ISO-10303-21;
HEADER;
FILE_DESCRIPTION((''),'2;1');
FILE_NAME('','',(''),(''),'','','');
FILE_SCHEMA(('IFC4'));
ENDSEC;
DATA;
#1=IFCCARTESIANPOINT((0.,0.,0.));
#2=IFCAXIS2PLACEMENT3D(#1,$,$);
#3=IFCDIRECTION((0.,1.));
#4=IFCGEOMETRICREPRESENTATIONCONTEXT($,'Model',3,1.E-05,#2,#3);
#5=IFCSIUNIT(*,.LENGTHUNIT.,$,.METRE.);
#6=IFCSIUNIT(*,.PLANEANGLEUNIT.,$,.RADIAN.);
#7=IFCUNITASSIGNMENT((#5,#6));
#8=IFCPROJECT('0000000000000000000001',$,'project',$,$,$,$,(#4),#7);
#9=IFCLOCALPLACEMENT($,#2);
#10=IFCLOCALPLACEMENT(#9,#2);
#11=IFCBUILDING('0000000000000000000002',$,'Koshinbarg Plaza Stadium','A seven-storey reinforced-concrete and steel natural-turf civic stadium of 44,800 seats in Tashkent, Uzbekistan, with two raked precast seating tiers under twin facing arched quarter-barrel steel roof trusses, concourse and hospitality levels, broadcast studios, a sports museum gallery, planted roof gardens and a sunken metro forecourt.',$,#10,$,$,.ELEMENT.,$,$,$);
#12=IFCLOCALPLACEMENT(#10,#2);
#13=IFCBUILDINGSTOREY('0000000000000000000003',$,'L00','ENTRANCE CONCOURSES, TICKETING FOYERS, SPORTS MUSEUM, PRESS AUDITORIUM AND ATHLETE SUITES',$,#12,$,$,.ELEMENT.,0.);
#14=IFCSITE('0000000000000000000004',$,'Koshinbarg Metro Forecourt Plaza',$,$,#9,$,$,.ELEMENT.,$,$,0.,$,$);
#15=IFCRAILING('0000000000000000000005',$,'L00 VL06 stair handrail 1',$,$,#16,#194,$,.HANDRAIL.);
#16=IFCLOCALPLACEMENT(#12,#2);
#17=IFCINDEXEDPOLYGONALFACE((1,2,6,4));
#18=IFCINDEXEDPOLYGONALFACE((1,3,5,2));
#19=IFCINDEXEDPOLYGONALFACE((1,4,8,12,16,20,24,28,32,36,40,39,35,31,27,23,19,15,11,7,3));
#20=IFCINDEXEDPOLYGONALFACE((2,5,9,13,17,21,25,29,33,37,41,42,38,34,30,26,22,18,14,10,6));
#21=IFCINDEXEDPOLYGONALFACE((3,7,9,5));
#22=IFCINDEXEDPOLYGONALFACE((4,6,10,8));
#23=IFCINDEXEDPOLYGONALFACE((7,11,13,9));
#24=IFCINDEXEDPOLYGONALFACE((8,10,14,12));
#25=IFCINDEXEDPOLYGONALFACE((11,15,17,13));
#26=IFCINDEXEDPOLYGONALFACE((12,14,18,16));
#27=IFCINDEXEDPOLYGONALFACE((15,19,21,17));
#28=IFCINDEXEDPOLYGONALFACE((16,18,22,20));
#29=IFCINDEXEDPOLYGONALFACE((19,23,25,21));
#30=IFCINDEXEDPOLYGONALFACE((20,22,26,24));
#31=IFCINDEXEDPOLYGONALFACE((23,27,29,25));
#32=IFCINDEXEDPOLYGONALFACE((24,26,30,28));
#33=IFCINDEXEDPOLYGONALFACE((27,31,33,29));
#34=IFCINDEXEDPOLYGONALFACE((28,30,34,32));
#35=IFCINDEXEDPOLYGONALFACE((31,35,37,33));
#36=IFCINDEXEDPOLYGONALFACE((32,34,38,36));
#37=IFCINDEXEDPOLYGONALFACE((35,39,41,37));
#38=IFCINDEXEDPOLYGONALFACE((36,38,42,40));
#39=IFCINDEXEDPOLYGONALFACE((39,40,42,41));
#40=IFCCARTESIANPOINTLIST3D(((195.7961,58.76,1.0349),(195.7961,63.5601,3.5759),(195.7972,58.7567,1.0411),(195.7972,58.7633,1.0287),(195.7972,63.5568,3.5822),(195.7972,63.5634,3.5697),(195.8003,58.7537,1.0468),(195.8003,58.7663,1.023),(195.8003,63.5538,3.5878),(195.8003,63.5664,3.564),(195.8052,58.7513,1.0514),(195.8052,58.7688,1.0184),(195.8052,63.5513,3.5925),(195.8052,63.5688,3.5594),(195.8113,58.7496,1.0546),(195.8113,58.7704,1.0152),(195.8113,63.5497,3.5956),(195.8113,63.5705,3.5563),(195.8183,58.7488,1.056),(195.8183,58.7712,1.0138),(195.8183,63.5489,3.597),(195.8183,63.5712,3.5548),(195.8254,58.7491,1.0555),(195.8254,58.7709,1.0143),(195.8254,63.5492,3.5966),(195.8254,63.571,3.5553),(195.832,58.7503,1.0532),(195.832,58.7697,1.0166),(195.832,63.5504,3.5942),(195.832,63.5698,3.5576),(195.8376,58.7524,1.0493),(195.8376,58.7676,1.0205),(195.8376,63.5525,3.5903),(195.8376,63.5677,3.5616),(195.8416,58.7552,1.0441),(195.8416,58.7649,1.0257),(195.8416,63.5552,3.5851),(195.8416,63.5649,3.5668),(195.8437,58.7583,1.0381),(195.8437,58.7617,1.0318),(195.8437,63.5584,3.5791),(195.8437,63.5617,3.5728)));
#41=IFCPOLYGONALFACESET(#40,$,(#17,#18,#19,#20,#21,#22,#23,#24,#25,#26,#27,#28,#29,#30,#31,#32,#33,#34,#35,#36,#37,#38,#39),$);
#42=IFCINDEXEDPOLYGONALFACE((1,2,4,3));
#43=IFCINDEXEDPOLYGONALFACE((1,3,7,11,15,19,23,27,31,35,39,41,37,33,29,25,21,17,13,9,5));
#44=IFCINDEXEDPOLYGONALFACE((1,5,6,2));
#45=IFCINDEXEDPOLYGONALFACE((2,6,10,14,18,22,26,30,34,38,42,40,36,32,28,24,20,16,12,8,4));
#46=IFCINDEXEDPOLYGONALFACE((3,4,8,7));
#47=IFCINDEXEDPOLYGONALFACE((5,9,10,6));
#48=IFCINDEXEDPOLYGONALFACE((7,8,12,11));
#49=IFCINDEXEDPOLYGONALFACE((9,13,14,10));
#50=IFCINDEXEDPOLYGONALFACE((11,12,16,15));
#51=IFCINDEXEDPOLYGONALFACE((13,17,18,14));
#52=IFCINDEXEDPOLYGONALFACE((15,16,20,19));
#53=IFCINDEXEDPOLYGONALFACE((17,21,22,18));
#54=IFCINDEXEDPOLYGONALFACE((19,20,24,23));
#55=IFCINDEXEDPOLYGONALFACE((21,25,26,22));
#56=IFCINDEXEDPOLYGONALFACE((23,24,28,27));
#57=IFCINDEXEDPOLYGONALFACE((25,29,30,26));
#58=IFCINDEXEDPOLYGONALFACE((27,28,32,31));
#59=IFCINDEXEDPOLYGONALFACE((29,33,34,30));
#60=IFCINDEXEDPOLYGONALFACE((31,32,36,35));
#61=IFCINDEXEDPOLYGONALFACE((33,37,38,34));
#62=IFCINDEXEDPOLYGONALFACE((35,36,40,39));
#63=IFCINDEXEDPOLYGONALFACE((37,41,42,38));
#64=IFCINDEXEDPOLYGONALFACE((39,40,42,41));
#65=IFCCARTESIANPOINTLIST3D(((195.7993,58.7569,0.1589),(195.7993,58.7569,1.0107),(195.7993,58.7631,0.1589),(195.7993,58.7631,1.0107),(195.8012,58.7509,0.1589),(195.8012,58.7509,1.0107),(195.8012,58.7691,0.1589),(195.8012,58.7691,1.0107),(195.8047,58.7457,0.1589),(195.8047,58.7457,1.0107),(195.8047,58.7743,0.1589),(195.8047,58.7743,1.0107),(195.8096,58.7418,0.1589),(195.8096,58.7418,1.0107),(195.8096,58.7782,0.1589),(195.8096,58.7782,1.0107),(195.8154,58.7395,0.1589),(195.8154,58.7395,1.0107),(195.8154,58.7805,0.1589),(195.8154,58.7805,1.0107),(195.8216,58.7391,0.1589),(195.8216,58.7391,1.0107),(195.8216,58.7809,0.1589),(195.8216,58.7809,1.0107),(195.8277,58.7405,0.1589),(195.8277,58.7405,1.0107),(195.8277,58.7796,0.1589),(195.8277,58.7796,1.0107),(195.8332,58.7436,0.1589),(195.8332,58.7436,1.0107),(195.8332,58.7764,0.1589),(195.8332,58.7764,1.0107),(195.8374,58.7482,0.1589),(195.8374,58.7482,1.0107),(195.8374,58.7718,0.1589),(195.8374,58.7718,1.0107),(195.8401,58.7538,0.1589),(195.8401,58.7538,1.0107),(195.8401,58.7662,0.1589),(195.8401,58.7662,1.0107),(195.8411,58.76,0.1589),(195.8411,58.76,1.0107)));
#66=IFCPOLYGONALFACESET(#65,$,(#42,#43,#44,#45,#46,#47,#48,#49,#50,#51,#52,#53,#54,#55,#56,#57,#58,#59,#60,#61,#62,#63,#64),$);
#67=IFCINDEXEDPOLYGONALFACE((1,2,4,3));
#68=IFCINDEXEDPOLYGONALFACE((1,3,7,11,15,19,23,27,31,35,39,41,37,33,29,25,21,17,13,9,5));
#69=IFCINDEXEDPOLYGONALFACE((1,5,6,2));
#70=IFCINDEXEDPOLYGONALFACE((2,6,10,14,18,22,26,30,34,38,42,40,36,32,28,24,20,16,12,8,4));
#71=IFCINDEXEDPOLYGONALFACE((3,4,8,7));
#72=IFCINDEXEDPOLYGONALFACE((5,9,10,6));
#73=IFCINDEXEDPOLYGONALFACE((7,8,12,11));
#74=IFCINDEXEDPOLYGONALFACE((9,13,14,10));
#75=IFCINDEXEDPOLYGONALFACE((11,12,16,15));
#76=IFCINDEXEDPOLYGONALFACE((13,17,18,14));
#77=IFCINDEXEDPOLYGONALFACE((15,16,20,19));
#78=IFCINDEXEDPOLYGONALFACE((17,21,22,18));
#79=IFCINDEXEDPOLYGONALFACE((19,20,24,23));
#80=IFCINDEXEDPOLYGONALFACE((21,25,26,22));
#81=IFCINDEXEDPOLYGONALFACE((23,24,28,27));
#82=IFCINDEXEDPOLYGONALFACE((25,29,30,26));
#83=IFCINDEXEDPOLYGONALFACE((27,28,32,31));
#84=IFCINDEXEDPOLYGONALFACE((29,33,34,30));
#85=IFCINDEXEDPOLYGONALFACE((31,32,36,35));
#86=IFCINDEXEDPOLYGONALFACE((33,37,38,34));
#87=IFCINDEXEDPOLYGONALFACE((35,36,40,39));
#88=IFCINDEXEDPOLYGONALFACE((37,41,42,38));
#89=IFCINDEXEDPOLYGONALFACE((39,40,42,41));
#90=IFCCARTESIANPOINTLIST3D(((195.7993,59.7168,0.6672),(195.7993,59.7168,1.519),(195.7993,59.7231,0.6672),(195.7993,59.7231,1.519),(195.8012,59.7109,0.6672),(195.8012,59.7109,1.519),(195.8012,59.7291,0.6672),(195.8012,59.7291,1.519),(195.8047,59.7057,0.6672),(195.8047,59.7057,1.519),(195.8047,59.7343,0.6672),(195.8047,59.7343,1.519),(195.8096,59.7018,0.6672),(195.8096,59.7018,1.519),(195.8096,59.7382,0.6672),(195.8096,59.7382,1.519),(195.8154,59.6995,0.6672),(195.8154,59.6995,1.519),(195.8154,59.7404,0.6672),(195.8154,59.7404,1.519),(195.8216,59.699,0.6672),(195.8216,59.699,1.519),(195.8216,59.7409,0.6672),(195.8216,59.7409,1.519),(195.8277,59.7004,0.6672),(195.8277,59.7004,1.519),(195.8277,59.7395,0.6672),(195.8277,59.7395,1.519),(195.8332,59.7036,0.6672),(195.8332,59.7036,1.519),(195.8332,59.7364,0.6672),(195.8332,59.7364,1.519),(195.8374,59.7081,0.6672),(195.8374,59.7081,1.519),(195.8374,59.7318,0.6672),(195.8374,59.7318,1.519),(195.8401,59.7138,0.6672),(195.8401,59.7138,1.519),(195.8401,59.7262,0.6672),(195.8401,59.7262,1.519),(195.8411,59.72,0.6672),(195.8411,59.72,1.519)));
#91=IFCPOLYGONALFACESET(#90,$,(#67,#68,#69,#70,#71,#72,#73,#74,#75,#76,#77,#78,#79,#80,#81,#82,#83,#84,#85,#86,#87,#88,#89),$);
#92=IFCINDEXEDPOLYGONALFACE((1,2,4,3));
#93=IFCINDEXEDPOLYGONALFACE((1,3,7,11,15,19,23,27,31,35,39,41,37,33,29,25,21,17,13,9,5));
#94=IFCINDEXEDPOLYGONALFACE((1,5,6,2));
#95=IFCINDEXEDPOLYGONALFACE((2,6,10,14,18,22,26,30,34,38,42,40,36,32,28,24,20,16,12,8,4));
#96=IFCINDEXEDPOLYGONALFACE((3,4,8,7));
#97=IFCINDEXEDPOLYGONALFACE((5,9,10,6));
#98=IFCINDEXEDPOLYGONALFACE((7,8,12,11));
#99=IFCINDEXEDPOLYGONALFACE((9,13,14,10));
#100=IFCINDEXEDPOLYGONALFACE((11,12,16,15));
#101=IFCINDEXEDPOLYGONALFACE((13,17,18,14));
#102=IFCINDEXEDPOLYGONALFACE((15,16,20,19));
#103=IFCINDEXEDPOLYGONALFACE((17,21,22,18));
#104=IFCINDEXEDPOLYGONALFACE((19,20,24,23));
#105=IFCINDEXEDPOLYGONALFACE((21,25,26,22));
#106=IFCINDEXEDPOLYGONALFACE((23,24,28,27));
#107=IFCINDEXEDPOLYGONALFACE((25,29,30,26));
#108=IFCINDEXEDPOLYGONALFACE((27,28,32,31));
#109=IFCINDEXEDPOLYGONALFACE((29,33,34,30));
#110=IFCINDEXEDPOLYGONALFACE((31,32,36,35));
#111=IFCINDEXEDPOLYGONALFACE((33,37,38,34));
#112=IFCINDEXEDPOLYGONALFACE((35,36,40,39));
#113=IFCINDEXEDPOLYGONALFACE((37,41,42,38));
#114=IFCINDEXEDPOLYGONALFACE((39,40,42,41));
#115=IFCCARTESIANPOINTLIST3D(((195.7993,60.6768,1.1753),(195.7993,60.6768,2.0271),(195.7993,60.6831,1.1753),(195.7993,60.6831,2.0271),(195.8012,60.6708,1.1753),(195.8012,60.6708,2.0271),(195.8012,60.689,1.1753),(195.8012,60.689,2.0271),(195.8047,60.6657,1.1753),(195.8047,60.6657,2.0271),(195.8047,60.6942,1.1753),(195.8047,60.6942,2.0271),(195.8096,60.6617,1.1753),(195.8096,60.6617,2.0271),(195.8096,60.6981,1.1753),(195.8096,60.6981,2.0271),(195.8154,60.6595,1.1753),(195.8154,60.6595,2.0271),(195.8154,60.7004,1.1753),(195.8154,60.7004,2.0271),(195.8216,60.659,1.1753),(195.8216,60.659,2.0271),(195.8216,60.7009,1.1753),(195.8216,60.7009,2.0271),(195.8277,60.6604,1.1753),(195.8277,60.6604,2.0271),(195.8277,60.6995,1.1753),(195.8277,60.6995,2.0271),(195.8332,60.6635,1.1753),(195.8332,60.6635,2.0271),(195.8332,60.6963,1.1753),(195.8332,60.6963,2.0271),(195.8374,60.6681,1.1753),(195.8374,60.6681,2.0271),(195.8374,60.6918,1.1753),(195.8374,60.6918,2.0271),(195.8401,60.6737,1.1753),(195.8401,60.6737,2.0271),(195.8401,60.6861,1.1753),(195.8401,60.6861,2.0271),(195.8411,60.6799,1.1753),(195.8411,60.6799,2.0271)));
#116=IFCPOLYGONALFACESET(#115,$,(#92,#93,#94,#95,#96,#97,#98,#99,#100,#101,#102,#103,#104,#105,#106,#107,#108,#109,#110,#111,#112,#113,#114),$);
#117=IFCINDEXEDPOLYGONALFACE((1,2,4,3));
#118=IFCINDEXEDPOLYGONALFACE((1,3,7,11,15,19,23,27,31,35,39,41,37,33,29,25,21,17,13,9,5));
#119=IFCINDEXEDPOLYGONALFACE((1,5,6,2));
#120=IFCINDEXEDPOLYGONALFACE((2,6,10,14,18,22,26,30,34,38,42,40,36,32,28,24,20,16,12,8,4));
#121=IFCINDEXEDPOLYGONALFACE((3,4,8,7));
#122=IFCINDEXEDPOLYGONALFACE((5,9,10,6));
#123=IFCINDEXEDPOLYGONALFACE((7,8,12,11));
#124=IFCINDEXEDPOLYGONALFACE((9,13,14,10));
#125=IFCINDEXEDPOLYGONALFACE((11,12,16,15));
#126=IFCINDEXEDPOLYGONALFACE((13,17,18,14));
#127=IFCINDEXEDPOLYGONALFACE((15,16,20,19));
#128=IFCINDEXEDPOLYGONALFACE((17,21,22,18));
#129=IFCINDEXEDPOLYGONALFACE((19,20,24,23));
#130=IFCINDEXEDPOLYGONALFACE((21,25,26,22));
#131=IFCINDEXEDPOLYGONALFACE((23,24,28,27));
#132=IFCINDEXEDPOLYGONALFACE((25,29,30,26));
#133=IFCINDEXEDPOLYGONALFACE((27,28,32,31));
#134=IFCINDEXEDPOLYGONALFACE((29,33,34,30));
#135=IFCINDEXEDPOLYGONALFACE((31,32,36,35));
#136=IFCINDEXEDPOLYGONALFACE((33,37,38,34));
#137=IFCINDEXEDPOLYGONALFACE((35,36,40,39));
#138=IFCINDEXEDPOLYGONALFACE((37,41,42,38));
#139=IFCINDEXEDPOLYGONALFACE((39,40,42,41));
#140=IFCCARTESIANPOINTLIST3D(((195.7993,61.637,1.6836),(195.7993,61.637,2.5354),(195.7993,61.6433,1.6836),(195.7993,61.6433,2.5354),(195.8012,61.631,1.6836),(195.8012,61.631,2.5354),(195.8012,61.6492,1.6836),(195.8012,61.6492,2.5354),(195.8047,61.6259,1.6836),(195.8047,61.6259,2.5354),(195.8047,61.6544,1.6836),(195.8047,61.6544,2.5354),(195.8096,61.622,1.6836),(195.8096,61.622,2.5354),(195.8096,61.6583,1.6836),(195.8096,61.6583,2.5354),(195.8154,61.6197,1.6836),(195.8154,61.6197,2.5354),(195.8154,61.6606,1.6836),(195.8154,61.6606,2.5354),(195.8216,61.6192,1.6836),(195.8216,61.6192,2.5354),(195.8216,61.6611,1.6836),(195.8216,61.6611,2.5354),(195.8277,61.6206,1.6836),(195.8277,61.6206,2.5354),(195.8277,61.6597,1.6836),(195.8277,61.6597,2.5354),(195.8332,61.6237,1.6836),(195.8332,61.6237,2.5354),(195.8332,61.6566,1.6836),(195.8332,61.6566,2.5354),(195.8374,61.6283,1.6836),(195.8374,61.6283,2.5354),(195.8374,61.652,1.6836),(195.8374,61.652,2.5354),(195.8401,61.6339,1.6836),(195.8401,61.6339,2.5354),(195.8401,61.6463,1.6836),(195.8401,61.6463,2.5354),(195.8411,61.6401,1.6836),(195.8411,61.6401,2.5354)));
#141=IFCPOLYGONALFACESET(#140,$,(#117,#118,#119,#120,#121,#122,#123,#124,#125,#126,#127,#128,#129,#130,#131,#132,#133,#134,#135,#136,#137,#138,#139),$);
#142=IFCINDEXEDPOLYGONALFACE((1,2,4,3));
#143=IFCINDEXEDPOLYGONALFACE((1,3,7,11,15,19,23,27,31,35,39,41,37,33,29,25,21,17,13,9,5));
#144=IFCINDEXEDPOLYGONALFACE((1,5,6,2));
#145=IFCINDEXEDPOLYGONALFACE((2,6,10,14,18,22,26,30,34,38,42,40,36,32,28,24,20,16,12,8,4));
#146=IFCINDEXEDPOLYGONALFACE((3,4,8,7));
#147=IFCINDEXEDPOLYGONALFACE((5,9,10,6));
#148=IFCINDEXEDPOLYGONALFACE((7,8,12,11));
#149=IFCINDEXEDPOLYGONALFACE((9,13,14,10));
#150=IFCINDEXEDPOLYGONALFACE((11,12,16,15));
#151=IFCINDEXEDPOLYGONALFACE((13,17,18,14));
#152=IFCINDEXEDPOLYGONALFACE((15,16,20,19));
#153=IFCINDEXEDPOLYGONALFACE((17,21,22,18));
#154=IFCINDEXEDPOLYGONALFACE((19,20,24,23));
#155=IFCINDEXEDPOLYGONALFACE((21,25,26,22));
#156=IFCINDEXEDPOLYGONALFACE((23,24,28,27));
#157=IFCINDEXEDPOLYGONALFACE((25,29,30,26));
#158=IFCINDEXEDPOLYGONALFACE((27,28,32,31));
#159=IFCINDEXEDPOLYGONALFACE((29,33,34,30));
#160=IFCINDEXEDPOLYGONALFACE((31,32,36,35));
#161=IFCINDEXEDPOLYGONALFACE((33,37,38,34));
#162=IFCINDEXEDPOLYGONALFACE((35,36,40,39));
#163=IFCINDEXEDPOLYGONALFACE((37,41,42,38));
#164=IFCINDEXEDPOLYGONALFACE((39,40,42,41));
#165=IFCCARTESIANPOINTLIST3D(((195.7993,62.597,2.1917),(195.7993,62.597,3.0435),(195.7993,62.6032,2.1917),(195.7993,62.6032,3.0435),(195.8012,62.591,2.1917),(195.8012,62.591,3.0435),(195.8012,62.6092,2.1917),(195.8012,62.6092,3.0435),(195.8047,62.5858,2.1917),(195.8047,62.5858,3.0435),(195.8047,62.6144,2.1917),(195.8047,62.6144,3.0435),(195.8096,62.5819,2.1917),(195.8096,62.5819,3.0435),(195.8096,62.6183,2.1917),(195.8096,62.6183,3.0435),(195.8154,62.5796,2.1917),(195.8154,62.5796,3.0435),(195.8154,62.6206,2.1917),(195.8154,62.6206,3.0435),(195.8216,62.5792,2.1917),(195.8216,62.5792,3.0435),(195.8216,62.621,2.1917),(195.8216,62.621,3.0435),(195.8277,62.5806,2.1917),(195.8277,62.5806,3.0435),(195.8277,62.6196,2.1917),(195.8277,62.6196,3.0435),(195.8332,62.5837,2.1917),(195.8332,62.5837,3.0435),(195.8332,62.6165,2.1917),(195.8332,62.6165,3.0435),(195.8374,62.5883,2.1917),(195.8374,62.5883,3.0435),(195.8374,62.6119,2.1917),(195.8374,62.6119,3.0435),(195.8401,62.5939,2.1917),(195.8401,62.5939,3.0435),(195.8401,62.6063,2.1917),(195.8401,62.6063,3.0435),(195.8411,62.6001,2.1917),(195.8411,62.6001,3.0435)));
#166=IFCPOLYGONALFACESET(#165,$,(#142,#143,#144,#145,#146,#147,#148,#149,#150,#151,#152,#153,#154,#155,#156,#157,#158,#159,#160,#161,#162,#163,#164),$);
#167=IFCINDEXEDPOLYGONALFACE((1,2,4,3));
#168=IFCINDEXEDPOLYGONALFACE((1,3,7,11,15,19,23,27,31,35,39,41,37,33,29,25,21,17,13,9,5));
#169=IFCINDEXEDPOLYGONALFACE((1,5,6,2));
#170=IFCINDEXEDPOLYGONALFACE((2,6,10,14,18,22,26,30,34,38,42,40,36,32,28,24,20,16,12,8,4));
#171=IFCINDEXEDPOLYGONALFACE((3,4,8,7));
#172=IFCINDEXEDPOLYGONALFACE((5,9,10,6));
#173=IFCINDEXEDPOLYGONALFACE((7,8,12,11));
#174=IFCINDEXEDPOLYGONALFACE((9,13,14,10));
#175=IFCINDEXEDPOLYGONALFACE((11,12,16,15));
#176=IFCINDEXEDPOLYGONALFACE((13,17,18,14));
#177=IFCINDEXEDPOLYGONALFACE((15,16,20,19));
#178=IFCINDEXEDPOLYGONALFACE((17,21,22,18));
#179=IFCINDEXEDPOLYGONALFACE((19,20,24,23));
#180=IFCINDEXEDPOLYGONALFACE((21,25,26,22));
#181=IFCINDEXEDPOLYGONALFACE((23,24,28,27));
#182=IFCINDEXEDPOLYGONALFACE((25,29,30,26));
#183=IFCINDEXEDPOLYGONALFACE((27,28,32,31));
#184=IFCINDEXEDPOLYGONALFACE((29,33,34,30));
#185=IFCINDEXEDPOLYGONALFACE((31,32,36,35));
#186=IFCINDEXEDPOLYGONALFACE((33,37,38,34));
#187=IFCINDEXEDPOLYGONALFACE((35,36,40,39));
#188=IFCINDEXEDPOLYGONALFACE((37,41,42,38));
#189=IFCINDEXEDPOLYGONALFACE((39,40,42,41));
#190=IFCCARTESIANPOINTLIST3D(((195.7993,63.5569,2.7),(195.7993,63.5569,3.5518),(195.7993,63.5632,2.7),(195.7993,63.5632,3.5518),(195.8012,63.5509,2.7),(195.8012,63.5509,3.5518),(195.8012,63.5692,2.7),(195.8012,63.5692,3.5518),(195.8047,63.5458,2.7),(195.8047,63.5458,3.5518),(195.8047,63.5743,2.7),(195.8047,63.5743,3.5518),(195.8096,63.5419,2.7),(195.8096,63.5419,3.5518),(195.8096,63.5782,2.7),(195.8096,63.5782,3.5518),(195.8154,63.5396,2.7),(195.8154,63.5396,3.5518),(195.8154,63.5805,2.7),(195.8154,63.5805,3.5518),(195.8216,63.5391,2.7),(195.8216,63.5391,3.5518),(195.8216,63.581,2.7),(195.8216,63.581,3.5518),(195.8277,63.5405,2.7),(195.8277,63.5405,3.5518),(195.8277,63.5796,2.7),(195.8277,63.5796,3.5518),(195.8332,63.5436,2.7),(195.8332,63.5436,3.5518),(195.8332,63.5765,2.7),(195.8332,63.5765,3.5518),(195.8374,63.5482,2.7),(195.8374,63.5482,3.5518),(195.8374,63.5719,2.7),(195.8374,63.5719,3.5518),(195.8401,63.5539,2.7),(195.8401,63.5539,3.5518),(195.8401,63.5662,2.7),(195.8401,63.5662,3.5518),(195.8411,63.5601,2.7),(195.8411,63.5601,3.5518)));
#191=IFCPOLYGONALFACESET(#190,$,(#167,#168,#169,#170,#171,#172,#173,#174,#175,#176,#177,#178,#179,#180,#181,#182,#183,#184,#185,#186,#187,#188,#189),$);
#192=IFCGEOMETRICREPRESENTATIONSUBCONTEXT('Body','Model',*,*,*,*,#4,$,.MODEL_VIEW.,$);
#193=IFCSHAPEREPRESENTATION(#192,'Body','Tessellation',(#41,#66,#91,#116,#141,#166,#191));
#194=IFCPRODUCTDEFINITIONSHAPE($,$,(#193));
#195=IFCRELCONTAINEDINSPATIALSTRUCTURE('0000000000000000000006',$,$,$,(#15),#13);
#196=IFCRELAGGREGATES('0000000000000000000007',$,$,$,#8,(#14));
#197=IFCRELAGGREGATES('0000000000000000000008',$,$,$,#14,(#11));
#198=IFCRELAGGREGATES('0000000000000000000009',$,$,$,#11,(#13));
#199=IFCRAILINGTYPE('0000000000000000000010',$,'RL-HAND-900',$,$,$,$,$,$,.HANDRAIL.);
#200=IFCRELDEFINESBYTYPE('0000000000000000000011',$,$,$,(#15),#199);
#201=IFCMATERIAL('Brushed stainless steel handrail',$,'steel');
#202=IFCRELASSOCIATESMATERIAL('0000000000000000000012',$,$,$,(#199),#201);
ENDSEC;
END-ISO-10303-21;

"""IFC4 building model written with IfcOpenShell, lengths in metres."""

from ifc_helpers import new_model, si_unit, direction, frame, origin, origin_2d, place, context, subcontext, project, spatial, circle, extrude, material, type_object, element, save


model = new_model("IFC4")

# Units and contexts
model_context = context("Model", 3, precision=1e-05, world=origin(), true_north=direction((0.0, 1.0)))
body_context = subcontext(model_context, "Body", "Model", "MODEL_VIEW")
ifc_project = project(units=[si_unit("LENGTHUNIT", "METRE"), si_unit("PLANEANGLEUNIT", "RADIAN")], contexts=[model_context])

# Site, building, storey
site_placement = place(None, origin())
site = spatial("IfcSite", under=ifc_project, at=site_placement, Name="Koshinbarg Metro Forecourt Plaza", CompositionType="ELEMENT", RefElevation=0.0)
building_placement = place(site_placement, origin())
building = spatial("IfcBuilding", under=site, at=building_placement, Name="Koshinbarg Plaza Stadium", Description="A seven-storey reinforced-concrete and steel natural-turf civic stadium of 44,800 seats in Tashkent, Uzbekistan, with two raked precast seating tiers under twin facing arched quarter-barrel steel roof trusses, concourse and hospitality levels, broadcast studios, a sports museum gallery, planted roof gardens and a sunken metro forecourt.", CompositionType="ELEMENT")
storey_placement = place(building_placement, origin())
storey = spatial("IfcBuildingStorey", under=building, at=storey_placement, Name="L00", Description="ENTRANCE CONCOURSES, TICKETING FOYERS, SPORTS MUSEUM, PRESS AUDITORIUM AND ATHLETE SUITES", CompositionType="ELEMENT", Elevation=0.0)

# Railing
ifc_material_1 = material(Name="Brushed stainless steel handrail", Category="steel")
railing_type_1 = type_object("IfcRailingType", Name="RL-HAND-900", PredefinedType="HANDRAIL", material=ifc_material_1)
railing_1_placement = place(storey_placement, frame((195.8201, 58.76, 0.1589)))
element("IfcRailing", 1, at=railing_1_placement, inside=storey, type_object=railing_type_1, Name="L00 VL06 stair handrail 1", PredefinedType="HANDRAIL", context=body_context, shape_type="SweptSolid", body=[
    extrude(circle(Radius=0.0239, at=origin_2d()), frame((0.0, 0.0, 0.876), z_axis=(0.0, 0.883802, 0.467861), x_axis=(-1.0, 0.0, 0.0)), (0.0, 0.0, 1.0), 5.4312),
    extrude(circle(Radius=0.021, at=origin_2d()), origin(), (0.0, 0.0, 1.0), 0.8518),
    extrude(circle(Radius=0.021, at=origin_2d()), frame((0.0, 0.96, 0.5083)), (0.0, 0.0, 1.0), 0.8518),
    extrude(circle(Radius=0.021, at=origin_2d()), frame((0.0, 1.9199, 1.0164)), (0.0, 0.0, 1.0), 0.8518),
    extrude(circle(Radius=0.021, at=origin_2d()), frame((0.0, 2.8801, 1.5247)), (0.0, 0.0, 1.0), 0.8518),
    extrude(circle(Radius=0.021, at=origin_2d()), frame((0.0, 3.8401, 2.0327)), (0.0, 0.0, 1.0), 0.8518),
    extrude(circle(Radius=0.021, at=origin_2d()), frame((0.0, 4.8, 2.541)), (0.0, 0.0, 1.0), 0.8518),
])

save(model, "model.ifc")
